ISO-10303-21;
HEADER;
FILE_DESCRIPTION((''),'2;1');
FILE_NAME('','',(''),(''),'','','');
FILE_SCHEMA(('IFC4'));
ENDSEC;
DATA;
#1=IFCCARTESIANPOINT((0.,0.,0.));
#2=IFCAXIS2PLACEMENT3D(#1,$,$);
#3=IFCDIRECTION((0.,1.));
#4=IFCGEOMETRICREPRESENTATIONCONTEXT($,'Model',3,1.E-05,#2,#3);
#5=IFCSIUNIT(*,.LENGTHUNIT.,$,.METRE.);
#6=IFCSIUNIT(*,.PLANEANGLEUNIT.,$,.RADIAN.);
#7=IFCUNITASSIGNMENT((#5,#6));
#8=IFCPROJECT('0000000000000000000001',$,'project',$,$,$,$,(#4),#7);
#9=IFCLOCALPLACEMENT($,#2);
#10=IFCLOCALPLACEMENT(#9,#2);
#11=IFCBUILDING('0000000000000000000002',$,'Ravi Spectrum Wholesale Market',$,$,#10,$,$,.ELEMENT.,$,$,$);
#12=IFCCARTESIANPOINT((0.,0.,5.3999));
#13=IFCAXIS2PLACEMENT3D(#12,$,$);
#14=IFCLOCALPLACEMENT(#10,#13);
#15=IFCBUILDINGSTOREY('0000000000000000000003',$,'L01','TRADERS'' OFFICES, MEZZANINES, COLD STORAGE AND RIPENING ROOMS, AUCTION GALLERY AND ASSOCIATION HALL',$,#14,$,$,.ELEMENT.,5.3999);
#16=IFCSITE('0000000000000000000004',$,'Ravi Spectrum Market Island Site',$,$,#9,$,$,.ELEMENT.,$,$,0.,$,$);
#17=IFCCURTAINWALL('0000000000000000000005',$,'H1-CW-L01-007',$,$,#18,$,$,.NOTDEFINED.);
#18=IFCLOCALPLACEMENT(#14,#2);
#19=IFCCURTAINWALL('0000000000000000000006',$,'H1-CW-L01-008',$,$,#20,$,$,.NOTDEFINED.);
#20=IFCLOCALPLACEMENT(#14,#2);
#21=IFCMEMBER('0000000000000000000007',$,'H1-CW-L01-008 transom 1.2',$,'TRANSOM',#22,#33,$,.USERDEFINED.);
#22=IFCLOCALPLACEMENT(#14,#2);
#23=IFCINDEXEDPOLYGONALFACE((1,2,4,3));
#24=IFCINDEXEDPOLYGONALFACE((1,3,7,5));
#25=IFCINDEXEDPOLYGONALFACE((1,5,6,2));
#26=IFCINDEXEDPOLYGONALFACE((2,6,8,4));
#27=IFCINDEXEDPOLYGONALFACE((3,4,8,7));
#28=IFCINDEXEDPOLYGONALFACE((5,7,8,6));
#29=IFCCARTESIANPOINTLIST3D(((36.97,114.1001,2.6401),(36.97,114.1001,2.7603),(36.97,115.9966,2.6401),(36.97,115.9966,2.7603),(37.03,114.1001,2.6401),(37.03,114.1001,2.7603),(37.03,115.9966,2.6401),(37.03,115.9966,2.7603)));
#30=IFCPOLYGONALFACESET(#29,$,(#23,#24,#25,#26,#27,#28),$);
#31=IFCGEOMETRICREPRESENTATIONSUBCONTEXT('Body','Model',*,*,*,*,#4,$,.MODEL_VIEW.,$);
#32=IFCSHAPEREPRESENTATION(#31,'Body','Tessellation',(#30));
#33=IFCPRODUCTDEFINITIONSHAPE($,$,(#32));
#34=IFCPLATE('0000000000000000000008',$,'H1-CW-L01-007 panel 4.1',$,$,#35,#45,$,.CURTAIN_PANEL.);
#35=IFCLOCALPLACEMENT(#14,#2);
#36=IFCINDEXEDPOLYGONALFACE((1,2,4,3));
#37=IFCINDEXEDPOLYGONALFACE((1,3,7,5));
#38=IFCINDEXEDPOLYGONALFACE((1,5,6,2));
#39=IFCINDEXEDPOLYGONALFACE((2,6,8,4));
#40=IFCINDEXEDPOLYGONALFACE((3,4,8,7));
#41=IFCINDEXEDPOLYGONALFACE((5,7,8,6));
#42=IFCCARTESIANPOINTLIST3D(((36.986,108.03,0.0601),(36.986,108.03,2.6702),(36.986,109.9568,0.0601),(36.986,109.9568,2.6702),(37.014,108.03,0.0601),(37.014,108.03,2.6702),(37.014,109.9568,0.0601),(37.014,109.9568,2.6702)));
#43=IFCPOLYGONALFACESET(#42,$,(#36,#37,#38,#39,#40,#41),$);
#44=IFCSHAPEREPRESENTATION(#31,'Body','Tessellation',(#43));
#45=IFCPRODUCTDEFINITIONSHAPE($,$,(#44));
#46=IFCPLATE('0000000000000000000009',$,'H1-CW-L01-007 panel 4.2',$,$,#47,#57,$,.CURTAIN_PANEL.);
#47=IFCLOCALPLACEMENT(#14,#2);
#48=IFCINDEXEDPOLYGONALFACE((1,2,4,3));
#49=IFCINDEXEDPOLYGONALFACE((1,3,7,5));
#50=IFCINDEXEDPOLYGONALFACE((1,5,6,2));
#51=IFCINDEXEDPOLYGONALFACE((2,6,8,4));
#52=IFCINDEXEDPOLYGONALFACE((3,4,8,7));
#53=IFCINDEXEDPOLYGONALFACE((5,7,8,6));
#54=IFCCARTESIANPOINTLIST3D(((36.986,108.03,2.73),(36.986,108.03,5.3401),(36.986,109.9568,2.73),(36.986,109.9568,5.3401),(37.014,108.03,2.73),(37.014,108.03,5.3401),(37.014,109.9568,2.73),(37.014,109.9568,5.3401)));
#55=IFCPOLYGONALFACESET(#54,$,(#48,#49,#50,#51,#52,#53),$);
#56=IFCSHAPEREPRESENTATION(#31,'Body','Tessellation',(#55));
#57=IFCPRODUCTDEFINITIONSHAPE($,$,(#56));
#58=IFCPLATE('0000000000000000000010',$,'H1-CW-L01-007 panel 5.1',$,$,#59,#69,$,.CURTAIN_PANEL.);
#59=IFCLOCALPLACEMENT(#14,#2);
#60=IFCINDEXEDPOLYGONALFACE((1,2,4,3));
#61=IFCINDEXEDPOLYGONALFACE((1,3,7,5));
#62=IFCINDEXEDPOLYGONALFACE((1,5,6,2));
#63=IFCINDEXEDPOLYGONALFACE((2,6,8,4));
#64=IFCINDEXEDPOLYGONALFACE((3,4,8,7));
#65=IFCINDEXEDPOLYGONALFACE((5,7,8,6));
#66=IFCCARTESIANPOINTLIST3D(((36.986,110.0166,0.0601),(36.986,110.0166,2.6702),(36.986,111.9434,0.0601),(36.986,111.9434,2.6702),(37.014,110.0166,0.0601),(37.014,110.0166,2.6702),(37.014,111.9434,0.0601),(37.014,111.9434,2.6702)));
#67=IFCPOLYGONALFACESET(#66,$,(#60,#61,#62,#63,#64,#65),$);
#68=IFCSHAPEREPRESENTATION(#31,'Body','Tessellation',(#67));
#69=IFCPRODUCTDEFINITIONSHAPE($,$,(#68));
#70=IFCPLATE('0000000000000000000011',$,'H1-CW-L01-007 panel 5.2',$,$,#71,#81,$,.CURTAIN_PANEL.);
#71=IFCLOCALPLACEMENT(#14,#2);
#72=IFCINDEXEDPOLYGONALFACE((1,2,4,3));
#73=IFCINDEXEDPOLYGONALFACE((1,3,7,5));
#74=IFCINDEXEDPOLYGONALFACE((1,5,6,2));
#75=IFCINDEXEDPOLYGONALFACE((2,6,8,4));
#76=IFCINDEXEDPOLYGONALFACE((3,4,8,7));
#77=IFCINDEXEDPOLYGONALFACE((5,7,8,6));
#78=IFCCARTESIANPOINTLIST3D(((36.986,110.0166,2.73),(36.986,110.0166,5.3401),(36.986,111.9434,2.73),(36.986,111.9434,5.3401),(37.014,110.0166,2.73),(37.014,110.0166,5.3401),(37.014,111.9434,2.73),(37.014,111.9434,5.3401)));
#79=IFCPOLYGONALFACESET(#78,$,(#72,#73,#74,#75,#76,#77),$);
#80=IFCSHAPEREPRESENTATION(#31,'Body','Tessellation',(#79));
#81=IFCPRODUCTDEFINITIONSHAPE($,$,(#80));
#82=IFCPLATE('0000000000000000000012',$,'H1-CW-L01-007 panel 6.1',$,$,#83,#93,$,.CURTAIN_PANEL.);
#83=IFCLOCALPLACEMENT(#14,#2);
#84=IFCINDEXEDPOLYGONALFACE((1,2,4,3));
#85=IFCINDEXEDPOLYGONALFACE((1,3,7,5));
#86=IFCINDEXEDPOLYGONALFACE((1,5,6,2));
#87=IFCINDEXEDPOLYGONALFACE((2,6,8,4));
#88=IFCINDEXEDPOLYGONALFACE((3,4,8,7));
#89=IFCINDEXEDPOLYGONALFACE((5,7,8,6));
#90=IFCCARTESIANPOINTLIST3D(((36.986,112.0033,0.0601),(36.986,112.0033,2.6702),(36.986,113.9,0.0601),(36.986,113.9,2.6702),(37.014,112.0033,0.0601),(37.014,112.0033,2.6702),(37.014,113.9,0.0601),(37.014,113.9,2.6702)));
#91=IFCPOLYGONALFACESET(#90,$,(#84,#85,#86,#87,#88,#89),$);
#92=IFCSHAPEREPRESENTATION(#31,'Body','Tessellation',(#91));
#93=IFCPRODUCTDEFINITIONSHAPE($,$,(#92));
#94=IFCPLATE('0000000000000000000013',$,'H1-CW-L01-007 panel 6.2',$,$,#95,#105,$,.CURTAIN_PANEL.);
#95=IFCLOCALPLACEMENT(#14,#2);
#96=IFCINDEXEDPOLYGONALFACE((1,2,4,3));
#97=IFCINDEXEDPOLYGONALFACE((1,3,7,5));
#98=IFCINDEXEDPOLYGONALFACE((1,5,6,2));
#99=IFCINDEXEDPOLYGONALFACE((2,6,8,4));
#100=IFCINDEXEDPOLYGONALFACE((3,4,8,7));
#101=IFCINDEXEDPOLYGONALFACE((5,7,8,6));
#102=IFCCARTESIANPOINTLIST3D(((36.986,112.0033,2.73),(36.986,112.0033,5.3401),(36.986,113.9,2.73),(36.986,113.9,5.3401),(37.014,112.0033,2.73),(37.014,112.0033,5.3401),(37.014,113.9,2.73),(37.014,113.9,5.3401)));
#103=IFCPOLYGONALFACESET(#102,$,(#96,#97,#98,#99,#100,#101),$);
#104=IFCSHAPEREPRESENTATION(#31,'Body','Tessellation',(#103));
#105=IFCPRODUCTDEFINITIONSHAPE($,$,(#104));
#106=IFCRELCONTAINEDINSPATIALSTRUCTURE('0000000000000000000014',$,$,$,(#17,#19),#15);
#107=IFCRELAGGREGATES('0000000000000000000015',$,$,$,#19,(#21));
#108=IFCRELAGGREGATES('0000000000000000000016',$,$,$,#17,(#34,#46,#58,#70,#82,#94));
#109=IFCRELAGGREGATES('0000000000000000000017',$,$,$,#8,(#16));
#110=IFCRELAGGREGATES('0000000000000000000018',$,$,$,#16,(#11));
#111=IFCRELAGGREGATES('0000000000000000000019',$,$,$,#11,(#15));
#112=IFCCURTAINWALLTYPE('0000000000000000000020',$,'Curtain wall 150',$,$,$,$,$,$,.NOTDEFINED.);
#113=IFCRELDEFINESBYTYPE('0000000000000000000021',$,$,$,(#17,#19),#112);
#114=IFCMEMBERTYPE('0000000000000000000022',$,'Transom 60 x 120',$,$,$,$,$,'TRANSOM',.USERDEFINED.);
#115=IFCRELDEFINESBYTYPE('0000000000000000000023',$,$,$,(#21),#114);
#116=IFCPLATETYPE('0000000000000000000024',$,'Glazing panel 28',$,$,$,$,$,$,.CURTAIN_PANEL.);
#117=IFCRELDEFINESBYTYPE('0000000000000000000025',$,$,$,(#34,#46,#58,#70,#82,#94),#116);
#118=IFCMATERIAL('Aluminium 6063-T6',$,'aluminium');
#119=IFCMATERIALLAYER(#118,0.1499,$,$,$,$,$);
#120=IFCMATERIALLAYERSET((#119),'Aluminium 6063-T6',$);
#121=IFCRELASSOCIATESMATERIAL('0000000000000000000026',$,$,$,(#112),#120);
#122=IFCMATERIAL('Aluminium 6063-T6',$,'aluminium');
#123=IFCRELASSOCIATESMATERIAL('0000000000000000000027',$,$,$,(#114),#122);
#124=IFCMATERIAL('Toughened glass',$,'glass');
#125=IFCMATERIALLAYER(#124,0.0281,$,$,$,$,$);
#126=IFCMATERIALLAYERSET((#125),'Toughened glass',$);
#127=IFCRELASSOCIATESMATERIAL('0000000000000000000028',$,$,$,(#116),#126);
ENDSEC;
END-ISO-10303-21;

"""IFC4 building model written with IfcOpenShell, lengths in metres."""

from ifc_helpers import new_model, si_unit, direction, frame, origin, origin_2d, place, context, subcontext, project, spatial, rectangle, extrude, material, layer, layer_set, material_profile, profile_set, type_object, element, aggregate, save


model = new_model("IFC4")

# Units and contexts
model_context = context("Model", 3, precision=1e-05, world=origin(), true_north=direction((0.0, 1.0)))
body_context = subcontext(model_context, "Body", "Model", "MODEL_VIEW")
ifc_project = project(units=[si_unit("LENGTHUNIT", "METRE"), si_unit("PLANEANGLEUNIT", "RADIAN")], contexts=[model_context])

# Site, building, storey
site_placement = place(None, origin())
site = spatial("IfcSite", under=ifc_project, at=site_placement, Name="Ravi Spectrum Market Island Site", CompositionType="ELEMENT", RefElevation=0.0)
building_placement = place(site_placement, origin())
building = spatial("IfcBuilding", under=site, at=building_placement, Name="Ravi Spectrum Wholesale Market", CompositionType="ELEMENT")
storey_placement = place(building_placement, frame((0.0, 0.0, 5.3999)))
storey = spatial("IfcBuildingStorey", under=building, at=storey_placement, Name="L01", Description="TRADERS' OFFICES, MEZZANINES, COLD STORAGE AND RIPENING ROOMS, AUCTION GALLERY AND ASSOCIATION HALL", CompositionType="ELEMENT", Elevation=5.3999)

# Curtain wall
ifc_material_1 = material(Name="Aluminium 6063-T6", Category="aluminium")
ifc_layer_1 = layer(ifc_material_1, 0.1499)
ifc_layer_set_1 = layer_set([ifc_layer_1], Name="Aluminium 6063-T6")
curtain_wall_type = type_object("IfcCurtainWallType", Name="Curtain wall 150", PredefinedType="NOTDEFINED", material=ifc_layer_set_1)
curtain_wall_1_placement = place(storey_placement, origin())
curtain_wall_1 = element("IfcCurtainWall", 1, at=curtain_wall_1_placement, inside=storey, type_object=curtain_wall_type, Name="H1-CW-L01-007", PredefinedType="NOTDEFINED")

# Curtain wall
curtain_wall_2_placement = place(storey_placement, origin())
curtain_wall_2 = element("IfcCurtainWall", 2, at=curtain_wall_2_placement, inside=storey, type_object=curtain_wall_type, Name="H1-CW-L01-008", PredefinedType="NOTDEFINED")

# Member
ifc_material_2 = material(Name="Aluminium 6063-T6", Category="aluminium")
ifc_material_profile_1 = material_profile(ifc_material_2, rectangle(XDim=0.0601, YDim=0.1201, at=origin_2d()))
ifc_profile_set_1 = profile_set([ifc_material_profile_1], Name="Aluminium 6063-T6")
member_type_1 = type_object("IfcMemberType", Name="Transom 60 x 120", ElementType="TRANSOM", PredefinedType="USERDEFINED", material=ifc_profile_set_1)
member_1_placement = place(storey_placement, frame((37.0, 114.1001, 2.7002), z_axis=(0.0, 1.0, 0.0), x_axis=(-1.0, 0.0, 0.0)))
member_1 = element("IfcMember", 3, at=member_1_placement, type_object=member_type_1, Name="H1-CW-L01-008 transom 1.2", ObjectType="TRANSOM", PredefinedType="USERDEFINED", context=body_context, shape_type="SweptSolid", body=[
    extrude(rectangle(XDim=0.0601, YDim=0.1201, at=origin_2d()), origin(), (0.0, 0.0, 1.0), 1.8965),
])
aggregate(curtain_wall_2, [member_1])

# Plates
ifc_material_3 = material(Name="Toughened glass", Category="glass")
ifc_layer_2 = layer(ifc_material_3, 0.0281)
ifc_layer_set_2 = layer_set([ifc_layer_2], Name="Toughened glass")
plate_type = type_object("IfcPlateType", Name="Glazing panel 28", PredefinedType="CURTAIN_PANEL", material=ifc_layer_set_2)
plate_1_placement = place(storey_placement, frame((37.0, 108.9934, 0.0601), z_axis=(0.0, 0.0, 1.0), x_axis=(0.0, 1.0, 0.0)))
plate_1 = element("IfcPlate", 4, at=plate_1_placement, type_object=plate_type, Name="H1-CW-L01-007 panel 4.1", PredefinedType="CURTAIN_PANEL", context=body_context, shape_type="SweptSolid", body=[
    extrude(rectangle(XDim=1.9268, YDim=0.0281, at=origin_2d()), origin(), (0.0, 0.0, 1.0), 2.6101),
])
plate_2_placement = place(storey_placement, frame((37.0, 108.9934, 2.73), z_axis=(0.0, 0.0, 1.0), x_axis=(0.0, 1.0, 0.0)))
plate_2 = element("IfcPlate", 5, at=plate_2_placement, type_object=plate_type, Name="H1-CW-L01-007 panel 4.2", PredefinedType="CURTAIN_PANEL", context=body_context, shape_type="SweptSolid", body=[
    extrude(rectangle(XDim=1.9268, YDim=0.0281, at=origin_2d()), origin(), (0.0, 0.0, 1.0), 2.6101),
])
plate_3_placement = place(storey_placement, frame((37.0, 110.98, 0.0601), z_axis=(0.0, 0.0, 1.0), x_axis=(0.0, 1.0, 0.0)))
plate_3 = element("IfcPlate", 6, at=plate_3_placement, type_object=plate_type, Name="H1-CW-L01-007 panel 5.1", PredefinedType="CURTAIN_PANEL", context=body_context, shape_type="SweptSolid", body=[
    extrude(rectangle(XDim=1.9268, YDim=0.0281, at=origin_2d()), origin(), (0.0, 0.0, 1.0), 2.6101),
])
plate_4_placement = place(storey_placement, frame((37.0, 110.98, 2.73), z_axis=(0.0, 0.0, 1.0), x_axis=(0.0, 1.0, 0.0)))
plate_4 = element("IfcPlate", 7, at=plate_4_placement, type_object=plate_type, Name="H1-CW-L01-007 panel 5.2", PredefinedType="CURTAIN_PANEL", context=body_context, shape_type="SweptSolid", body=[
    extrude(rectangle(XDim=1.9268, YDim=0.0281, at=origin_2d()), origin(), (0.0, 0.0, 1.0), 2.6101),
])
plate_5_placement = place(storey_placement, frame((37.0, 112.9517, 0.0601), z_axis=(0.0, 0.0, 1.0), x_axis=(0.0, 1.0, 0.0)))
plate_5 = element("IfcPlate", 8, at=plate_5_placement, type_object=plate_type, Name="H1-CW-L01-007 panel 6.1", PredefinedType="CURTAIN_PANEL", context=body_context, shape_type="SweptSolid", body=[
    extrude(rectangle(XDim=1.8967, YDim=0.0281, at=origin_2d()), origin(), (0.0, 0.0, 1.0), 2.6101),
])
plate_6_placement = place(storey_placement, frame((37.0, 112.9517, 2.73), z_axis=(0.0, 0.0, 1.0), x_axis=(0.0, 1.0, 0.0)))
plate_6 = element("IfcPlate", 9, at=plate_6_placement, type_object=plate_type, Name="H1-CW-L01-007 panel 6.2", PredefinedType="CURTAIN_PANEL", context=body_context, shape_type="SweptSolid", body=[
    extrude(rectangle(XDim=1.8967, YDim=0.0281, at=origin_2d()), origin(), (0.0, 0.0, 1.0), 2.6101),
])
aggregate(curtain_wall_1, [plate_1, plate_2, plate_3, plate_4, plate_5, plate_6])

save(model, "model.ifc")
